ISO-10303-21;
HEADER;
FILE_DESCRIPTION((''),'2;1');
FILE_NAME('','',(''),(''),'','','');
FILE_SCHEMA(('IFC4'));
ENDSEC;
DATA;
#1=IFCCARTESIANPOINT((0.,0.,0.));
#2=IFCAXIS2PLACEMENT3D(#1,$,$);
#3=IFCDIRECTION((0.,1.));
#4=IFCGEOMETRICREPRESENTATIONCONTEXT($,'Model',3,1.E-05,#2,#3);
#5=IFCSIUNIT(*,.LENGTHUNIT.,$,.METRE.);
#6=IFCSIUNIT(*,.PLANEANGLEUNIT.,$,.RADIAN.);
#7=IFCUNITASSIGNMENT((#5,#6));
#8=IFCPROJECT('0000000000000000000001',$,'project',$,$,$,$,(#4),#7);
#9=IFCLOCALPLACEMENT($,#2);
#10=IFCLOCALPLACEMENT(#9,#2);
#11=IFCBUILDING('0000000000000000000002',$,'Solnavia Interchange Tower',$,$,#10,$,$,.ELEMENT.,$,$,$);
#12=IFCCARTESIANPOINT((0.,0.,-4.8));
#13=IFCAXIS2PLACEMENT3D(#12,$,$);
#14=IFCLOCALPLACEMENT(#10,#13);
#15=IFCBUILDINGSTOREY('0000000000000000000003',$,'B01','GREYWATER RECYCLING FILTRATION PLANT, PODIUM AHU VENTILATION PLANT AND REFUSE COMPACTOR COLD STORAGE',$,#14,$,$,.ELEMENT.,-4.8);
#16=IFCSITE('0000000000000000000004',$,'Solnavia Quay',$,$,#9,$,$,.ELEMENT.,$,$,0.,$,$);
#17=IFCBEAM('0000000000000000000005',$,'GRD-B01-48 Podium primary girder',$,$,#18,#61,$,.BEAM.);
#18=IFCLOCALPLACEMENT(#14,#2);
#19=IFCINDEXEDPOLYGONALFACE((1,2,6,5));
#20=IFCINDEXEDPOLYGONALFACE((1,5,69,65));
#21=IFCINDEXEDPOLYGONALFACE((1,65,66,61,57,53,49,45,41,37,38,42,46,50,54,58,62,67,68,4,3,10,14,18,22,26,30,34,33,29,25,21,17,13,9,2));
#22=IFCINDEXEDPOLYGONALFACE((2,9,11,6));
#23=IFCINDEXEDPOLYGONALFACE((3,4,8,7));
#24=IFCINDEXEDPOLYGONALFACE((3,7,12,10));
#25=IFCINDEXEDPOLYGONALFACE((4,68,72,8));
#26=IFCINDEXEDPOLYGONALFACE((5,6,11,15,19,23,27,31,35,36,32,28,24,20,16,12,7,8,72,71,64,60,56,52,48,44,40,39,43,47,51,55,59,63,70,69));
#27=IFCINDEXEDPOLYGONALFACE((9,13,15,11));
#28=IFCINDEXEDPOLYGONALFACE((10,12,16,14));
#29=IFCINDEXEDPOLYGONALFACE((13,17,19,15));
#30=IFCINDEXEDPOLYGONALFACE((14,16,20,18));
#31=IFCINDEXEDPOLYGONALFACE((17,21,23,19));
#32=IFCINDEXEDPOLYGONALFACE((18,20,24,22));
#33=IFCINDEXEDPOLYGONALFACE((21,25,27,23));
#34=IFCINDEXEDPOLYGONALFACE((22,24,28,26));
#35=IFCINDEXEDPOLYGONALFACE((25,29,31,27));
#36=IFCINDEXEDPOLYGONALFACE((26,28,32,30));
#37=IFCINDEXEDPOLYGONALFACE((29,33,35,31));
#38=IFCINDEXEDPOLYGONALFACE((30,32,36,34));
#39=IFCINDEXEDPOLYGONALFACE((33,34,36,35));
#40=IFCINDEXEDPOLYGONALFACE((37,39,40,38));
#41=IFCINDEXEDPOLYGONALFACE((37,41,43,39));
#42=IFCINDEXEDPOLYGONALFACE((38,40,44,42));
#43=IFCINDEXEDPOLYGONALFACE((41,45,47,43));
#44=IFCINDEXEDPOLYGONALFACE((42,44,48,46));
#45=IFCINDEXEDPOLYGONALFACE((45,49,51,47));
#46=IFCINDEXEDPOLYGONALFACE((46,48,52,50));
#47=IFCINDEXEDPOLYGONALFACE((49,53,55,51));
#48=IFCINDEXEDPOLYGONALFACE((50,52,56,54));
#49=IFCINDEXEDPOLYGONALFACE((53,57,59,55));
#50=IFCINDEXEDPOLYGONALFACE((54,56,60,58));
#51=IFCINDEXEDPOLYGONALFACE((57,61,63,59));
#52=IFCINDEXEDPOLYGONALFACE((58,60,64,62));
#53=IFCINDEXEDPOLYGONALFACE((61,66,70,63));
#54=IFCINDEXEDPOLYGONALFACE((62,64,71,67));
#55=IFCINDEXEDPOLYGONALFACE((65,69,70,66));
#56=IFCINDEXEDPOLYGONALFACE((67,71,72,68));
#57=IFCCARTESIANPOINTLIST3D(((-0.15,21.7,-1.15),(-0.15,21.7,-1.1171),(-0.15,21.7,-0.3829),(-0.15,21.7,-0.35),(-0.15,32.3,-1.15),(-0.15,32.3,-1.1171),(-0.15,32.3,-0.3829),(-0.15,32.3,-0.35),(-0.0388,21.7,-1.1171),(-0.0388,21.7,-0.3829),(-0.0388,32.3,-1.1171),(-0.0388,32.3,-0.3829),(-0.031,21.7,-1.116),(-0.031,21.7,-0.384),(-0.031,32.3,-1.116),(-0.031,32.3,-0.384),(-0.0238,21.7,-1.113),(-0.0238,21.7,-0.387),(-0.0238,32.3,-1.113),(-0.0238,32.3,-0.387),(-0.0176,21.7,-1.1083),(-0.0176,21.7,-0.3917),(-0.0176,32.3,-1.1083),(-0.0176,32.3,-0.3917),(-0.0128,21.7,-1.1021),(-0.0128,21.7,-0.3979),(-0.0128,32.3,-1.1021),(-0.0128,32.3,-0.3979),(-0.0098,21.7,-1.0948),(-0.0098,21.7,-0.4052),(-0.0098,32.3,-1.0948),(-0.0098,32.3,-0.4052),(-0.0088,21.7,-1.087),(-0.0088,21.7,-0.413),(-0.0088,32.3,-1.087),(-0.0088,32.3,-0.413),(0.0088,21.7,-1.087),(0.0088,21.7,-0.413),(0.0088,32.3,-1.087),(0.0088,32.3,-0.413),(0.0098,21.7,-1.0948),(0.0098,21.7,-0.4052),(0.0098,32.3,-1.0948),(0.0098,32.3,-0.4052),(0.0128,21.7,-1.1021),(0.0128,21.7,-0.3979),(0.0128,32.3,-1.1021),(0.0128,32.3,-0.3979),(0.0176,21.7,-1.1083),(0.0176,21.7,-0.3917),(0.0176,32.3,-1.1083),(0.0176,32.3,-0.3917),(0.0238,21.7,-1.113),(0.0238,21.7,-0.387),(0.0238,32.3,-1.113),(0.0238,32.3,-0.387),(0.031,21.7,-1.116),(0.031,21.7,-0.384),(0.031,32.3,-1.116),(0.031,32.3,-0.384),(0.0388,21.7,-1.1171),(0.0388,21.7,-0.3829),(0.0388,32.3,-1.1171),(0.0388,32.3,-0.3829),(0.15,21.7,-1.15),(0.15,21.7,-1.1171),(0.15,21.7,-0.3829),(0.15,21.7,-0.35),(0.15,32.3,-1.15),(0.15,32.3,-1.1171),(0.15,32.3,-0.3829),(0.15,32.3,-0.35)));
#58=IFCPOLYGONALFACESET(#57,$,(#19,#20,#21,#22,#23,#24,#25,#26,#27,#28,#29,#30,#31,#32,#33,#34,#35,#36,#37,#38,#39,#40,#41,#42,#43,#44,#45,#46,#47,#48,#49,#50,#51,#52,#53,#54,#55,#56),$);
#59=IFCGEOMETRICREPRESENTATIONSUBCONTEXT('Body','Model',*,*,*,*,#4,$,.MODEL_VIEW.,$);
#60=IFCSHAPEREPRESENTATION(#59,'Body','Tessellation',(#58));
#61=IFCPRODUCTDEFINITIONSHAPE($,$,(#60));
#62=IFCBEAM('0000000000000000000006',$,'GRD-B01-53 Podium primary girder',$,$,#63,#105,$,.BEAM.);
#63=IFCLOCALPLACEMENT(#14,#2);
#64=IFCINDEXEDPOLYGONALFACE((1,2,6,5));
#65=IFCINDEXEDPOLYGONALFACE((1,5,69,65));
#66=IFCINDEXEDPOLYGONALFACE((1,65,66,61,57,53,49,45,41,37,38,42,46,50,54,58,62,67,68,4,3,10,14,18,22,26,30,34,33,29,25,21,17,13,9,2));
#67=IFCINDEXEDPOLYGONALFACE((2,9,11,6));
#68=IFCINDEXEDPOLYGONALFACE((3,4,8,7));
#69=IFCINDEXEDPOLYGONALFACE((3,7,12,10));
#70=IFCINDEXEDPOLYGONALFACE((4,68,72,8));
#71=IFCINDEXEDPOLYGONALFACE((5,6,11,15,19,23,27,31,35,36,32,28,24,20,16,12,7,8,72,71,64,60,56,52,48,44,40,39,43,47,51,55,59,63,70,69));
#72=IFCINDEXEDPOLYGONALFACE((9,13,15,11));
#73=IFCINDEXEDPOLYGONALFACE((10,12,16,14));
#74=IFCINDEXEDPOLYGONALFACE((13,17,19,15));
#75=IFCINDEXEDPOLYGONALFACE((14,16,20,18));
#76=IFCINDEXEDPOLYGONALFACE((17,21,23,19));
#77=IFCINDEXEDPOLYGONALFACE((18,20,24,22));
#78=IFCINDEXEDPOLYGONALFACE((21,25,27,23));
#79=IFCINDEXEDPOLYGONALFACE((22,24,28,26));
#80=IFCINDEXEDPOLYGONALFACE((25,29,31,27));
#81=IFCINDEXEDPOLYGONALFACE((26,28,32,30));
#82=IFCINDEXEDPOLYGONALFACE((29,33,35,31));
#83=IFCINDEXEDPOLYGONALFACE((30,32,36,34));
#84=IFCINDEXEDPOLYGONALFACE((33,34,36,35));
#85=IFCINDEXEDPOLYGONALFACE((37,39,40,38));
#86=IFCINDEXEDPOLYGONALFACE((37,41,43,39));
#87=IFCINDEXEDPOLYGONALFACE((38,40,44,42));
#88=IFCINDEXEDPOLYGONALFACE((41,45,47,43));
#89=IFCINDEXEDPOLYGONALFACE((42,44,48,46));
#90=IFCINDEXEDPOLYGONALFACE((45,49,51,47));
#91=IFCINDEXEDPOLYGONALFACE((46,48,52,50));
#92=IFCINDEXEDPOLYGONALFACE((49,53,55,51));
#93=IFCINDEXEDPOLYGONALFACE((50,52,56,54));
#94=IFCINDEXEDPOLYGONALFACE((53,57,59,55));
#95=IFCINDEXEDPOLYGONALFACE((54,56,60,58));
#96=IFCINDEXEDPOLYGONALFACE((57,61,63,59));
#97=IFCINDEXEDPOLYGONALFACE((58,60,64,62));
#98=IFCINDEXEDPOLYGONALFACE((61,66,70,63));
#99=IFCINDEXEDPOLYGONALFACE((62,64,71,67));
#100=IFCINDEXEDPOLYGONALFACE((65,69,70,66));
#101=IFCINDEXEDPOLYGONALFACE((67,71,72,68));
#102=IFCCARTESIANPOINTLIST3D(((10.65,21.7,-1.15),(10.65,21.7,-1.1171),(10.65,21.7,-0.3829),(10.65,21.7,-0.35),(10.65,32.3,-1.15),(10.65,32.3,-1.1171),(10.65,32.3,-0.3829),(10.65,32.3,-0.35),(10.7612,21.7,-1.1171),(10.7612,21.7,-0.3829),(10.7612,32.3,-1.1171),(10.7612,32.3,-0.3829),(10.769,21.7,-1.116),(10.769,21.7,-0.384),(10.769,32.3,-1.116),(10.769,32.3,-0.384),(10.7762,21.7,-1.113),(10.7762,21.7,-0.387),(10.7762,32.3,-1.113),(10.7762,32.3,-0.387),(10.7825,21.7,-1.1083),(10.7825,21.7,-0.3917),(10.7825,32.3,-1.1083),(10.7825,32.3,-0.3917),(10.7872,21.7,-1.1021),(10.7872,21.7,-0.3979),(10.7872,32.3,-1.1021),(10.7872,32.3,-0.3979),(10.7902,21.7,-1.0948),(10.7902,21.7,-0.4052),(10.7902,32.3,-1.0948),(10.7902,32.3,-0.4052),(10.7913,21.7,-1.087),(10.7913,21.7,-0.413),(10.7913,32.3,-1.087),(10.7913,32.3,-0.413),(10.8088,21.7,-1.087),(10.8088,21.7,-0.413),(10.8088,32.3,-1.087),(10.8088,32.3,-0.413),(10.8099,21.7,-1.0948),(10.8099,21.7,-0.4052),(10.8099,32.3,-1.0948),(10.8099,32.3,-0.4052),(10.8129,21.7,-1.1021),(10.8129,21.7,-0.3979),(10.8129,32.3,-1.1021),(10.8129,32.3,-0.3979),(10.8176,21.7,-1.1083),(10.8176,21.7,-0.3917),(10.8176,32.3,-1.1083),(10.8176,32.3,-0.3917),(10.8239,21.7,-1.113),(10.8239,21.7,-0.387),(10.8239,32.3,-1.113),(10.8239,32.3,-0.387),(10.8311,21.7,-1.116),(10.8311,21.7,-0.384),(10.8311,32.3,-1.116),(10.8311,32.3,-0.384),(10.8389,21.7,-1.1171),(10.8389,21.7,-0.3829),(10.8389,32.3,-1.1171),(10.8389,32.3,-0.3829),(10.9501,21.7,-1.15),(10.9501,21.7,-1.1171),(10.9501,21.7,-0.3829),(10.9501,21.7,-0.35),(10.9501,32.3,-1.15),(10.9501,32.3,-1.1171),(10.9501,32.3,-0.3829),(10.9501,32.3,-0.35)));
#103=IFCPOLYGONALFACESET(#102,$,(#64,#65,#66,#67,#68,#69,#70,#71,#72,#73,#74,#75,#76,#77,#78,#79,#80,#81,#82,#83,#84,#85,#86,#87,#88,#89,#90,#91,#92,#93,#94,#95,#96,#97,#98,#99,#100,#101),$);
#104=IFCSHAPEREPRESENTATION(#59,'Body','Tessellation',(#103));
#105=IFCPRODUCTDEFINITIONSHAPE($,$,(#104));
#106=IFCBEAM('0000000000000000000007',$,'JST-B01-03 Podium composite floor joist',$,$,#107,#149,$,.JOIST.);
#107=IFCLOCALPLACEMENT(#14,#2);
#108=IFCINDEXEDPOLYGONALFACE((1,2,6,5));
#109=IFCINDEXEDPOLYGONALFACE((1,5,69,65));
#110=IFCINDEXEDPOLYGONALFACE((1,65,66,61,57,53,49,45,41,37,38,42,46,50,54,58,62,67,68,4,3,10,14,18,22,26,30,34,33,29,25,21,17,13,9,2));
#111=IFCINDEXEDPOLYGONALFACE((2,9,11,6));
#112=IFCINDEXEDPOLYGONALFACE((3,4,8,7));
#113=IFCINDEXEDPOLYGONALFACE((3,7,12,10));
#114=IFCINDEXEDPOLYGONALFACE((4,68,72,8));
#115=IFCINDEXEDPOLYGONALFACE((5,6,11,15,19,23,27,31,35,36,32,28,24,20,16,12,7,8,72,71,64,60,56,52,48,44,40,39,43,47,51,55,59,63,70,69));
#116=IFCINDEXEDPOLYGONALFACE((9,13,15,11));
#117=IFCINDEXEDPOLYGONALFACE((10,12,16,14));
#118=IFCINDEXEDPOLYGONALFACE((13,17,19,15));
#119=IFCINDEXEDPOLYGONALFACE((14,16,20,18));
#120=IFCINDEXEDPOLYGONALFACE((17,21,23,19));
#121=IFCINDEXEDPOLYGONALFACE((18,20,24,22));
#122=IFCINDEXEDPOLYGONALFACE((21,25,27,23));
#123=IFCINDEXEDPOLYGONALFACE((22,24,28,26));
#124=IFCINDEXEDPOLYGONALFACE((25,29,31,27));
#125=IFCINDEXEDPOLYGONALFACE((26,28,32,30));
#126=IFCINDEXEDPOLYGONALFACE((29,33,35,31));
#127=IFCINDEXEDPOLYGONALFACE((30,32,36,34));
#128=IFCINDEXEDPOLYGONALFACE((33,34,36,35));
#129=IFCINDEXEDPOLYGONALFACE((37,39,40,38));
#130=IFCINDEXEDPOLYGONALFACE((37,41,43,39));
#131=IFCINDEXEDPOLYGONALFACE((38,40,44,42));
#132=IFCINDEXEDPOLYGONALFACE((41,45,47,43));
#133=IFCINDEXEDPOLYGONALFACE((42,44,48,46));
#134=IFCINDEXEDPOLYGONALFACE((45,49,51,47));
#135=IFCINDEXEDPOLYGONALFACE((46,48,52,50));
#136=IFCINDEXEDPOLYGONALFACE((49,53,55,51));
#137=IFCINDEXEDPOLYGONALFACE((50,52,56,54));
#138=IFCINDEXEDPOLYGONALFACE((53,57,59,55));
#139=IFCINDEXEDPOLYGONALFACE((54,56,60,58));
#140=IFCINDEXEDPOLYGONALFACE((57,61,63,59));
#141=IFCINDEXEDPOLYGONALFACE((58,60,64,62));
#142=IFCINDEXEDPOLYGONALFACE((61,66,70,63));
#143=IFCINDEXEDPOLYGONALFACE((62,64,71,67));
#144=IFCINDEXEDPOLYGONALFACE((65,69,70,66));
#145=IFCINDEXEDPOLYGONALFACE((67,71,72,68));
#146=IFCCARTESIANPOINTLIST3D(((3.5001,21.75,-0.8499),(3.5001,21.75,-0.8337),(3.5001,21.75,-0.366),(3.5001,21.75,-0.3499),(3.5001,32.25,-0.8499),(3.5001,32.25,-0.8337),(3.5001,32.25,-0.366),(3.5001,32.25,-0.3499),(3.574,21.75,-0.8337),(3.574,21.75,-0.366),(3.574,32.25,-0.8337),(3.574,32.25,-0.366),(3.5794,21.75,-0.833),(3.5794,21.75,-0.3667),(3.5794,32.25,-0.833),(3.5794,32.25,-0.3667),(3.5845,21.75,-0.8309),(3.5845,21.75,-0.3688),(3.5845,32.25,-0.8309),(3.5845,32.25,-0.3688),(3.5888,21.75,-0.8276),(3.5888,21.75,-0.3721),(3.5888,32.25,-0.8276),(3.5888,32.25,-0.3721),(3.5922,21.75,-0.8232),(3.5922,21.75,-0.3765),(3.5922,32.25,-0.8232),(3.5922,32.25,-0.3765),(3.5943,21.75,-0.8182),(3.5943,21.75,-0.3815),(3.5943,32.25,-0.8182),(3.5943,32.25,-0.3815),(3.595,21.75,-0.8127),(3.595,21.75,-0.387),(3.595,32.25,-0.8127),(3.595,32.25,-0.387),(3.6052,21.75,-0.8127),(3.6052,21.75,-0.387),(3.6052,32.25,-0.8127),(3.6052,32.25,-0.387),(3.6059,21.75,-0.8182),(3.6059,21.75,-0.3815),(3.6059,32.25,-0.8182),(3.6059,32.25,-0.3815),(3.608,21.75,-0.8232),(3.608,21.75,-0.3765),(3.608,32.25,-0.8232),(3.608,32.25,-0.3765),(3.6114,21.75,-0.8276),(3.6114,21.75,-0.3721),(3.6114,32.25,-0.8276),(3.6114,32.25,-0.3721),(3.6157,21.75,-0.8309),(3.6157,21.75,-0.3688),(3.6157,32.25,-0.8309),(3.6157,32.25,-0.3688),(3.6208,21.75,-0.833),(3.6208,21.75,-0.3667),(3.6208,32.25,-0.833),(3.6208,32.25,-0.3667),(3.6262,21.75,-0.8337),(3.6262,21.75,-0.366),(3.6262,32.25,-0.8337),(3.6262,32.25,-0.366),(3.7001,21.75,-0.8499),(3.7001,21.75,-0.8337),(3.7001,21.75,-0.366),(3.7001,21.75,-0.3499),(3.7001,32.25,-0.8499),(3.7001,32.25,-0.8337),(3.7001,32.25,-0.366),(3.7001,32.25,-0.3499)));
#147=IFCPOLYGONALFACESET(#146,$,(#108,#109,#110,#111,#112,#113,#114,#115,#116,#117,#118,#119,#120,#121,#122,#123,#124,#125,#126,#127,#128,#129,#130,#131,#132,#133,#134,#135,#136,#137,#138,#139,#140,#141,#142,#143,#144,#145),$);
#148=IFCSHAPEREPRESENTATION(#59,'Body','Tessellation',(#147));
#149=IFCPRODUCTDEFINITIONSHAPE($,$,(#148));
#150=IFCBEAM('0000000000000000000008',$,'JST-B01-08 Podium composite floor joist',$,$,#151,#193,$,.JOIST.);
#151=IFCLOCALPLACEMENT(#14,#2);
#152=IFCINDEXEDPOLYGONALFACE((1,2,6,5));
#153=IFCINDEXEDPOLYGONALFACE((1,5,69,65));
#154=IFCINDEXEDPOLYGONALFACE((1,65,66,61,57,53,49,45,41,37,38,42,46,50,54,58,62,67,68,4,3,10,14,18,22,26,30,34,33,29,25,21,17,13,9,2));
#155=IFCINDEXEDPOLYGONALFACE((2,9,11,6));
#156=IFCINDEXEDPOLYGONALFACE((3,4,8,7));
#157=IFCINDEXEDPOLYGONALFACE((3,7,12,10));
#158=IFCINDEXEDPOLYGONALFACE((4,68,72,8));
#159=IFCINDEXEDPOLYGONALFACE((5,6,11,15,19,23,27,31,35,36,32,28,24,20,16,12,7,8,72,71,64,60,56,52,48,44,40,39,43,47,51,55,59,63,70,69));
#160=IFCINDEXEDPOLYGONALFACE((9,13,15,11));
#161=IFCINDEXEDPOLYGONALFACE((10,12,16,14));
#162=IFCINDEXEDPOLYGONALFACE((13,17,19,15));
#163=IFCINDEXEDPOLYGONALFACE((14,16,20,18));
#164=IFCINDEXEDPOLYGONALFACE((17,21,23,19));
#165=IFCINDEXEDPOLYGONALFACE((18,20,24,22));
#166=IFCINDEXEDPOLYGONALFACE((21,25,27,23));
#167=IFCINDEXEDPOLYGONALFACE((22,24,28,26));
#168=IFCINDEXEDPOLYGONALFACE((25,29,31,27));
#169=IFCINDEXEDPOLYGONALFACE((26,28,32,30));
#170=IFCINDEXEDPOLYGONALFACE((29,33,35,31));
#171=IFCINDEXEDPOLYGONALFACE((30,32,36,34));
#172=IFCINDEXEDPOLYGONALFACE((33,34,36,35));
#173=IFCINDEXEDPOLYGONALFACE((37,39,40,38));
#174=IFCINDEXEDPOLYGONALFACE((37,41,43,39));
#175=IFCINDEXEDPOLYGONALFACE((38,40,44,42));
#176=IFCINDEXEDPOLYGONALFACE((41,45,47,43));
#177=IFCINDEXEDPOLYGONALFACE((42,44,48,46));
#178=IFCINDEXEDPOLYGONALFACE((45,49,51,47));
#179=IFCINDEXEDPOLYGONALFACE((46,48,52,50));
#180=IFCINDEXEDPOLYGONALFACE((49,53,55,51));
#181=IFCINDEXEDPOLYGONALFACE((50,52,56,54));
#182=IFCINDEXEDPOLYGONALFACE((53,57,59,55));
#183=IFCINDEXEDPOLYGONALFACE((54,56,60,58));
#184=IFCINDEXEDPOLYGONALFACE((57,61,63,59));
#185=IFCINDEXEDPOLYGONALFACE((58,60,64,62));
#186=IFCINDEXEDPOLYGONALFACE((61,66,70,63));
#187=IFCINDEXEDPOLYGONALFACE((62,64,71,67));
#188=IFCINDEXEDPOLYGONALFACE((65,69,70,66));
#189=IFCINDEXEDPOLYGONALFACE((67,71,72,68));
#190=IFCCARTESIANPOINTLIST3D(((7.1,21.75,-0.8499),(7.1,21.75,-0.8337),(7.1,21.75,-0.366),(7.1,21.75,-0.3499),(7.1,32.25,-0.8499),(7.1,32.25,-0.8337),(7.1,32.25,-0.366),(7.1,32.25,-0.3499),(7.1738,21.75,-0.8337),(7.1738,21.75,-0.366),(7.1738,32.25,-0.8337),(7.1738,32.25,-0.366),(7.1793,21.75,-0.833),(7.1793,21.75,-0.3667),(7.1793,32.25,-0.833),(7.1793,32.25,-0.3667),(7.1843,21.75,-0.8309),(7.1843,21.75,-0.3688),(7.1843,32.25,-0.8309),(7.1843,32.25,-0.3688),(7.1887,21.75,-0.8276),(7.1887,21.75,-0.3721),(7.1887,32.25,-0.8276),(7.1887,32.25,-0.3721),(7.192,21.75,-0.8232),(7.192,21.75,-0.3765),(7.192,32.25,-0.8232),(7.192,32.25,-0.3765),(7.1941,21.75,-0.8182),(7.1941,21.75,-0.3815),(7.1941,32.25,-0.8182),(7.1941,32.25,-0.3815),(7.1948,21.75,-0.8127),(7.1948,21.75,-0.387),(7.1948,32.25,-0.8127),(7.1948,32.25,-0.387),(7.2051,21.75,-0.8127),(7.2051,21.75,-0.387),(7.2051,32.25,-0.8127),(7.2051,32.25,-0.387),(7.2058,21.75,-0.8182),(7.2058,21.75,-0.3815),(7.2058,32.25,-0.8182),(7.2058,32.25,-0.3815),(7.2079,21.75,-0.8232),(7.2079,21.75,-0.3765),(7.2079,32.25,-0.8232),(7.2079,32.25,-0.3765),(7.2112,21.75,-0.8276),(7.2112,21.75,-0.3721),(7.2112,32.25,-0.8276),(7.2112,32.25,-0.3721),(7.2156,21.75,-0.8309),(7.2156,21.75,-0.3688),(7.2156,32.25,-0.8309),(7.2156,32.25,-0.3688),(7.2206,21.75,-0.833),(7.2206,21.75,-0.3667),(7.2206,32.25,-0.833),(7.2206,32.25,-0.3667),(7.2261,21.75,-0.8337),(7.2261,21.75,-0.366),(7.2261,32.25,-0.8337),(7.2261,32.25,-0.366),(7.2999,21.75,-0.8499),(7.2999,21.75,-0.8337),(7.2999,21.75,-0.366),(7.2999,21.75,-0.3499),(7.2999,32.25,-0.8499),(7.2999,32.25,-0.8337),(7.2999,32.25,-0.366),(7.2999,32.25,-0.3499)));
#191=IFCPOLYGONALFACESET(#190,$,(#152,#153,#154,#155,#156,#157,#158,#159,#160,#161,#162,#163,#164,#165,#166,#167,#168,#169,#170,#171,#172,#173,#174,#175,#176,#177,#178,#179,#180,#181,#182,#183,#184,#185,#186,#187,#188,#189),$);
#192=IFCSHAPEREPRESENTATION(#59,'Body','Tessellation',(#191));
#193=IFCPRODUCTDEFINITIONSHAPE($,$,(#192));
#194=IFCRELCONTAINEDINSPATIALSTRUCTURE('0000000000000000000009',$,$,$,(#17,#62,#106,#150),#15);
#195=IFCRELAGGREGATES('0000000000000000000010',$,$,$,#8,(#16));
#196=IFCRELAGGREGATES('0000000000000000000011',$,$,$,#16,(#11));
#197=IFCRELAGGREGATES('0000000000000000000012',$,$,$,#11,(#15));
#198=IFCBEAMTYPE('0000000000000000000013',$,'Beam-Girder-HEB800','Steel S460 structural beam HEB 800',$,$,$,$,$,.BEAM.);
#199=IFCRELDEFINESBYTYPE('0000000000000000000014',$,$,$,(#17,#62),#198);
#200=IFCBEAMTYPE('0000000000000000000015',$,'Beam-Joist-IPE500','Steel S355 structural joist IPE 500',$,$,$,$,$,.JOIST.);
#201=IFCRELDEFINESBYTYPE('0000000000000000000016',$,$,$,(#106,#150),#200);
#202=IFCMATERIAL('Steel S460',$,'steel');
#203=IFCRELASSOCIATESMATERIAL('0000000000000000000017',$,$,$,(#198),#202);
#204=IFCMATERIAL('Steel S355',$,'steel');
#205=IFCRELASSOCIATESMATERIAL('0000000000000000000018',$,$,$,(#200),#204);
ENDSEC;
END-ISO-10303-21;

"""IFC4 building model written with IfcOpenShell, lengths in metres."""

from ifc_helpers import new_model, si_unit, direction, frame, origin, origin_2d, place, context, subcontext, project, spatial, i_section, extrude, material, material_profile, profile_set, type_object, element, save


model = new_model("IFC4")

# Units and contexts
model_context = context("Model", 3, precision=1e-05, world=origin(), true_north=direction((0.0, 1.0)))
body_context = subcontext(model_context, "Body", "Model", "MODEL_VIEW")
ifc_project = project(units=[si_unit("LENGTHUNIT", "METRE"), si_unit("PLANEANGLEUNIT", "RADIAN")], contexts=[model_context])

# Site, building, storey
site_placement = place(None, origin())
site = spatial("IfcSite", under=ifc_project, at=site_placement, Name="Solnavia Quay", CompositionType="ELEMENT", RefElevation=0.0)
building_placement = place(site_placement, origin())
building = spatial("IfcBuilding", under=site, at=building_placement, Name="Solnavia Interchange Tower", CompositionType="ELEMENT")
storey_placement = place(building_placement, frame((0.0, 0.0, -4.8)))
storey = spatial("IfcBuildingStorey", under=building, at=storey_placement, Name="B01", Description="GREYWATER RECYCLING FILTRATION PLANT, PODIUM AHU VENTILATION PLANT AND REFUSE COMPACTOR COLD STORAGE", CompositionType="ELEMENT", Elevation=-4.8)

# Beams
ifc_material_1 = material(Name="Steel S460", Category="steel")
ifc_material_profile_1 = material_profile(ifc_material_1, i_section(OverallWidth=0.3, OverallDepth=0.8, WebThickness=0.0176, FlangeThickness=0.033, FilletRadius=0.03, at=origin_2d()), Name="HEB 800")
ifc_profile_set_1 = profile_set([ifc_material_profile_1], Name="Steel S460")
beam_type_1 = type_object("IfcBeamType", Name="Beam-Girder-HEB800", Description="Steel S460 structural beam HEB 800", PredefinedType="BEAM", material=ifc_profile_set_1)
for number, where, z_axis, x_axis, name in (
    (1, (0.0, 21.7, -0.75), (0.0, 1.0, 0.0), (-1.0, 0.0, 0.0), "GRD-B01-48 Podium primary girder"),
    (2, (10.8, 21.7, -0.75), (0.0, 1.0, 0.0), (-1.0, 0.0, 0.0), "GRD-B01-53 Podium primary girder"),
):
    element("IfcBeam", number, at=place(storey_placement, frame(where, z_axis=z_axis, x_axis=x_axis)), inside=storey, type_object=beam_type_1, Name=name, PredefinedType="BEAM", context=body_context, shape_type="SweptSolid", body=[
        extrude(i_section(OverallWidth=0.3, OverallDepth=0.8, WebThickness=0.0176, FlangeThickness=0.033, FilletRadius=0.03, at=origin_2d()), origin(), (0.0, 0.0, 1.0), 10.6001),
    ])
ifc_material_2 = material(Name="Steel S355", Category="steel")
ifc_material_profile_2 = material_profile(ifc_material_2, i_section(OverallWidth=0.2, OverallDepth=0.5, WebThickness=0.0103, FlangeThickness=0.0161, FilletRadius=0.021, at=origin_2d()), Name="IPE 500")
ifc_profile_set_2 = profile_set([ifc_material_profile_2], Name="Steel S355")
beam_type_2 = type_object("IfcBeamType", Name="Beam-Joist-IPE500", Description="Steel S355 structural joist IPE 500", PredefinedType="JOIST", material=ifc_profile_set_2)
for number, where, z_axis, x_axis, name in (
    (3, (3.6001, 21.75, -0.5999), (0.0, 1.0, 0.0), (-1.0, 0.0, 0.0), "JST-B01-03 Podium composite floor joist"),
    (4, (7.2, 21.75, -0.5999), (0.0, 1.0, 0.0), (-1.0, 0.0, 0.0), "JST-B01-08 Podium composite floor joist"),
):
    element("IfcBeam", number, at=place(storey_placement, frame(where, z_axis=z_axis, x_axis=x_axis)), inside=storey, type_object=beam_type_2, Name=name, PredefinedType="JOIST", context=body_context, shape_type="SweptSolid", body=[
        extrude(i_section(OverallWidth=0.2, OverallDepth=0.5, WebThickness=0.0103, FlangeThickness=0.0161, FilletRadius=0.021, at=origin_2d()), origin(), (0.0, 0.0, 1.0), 10.5),
    ])

save(model, "model.ifc")
